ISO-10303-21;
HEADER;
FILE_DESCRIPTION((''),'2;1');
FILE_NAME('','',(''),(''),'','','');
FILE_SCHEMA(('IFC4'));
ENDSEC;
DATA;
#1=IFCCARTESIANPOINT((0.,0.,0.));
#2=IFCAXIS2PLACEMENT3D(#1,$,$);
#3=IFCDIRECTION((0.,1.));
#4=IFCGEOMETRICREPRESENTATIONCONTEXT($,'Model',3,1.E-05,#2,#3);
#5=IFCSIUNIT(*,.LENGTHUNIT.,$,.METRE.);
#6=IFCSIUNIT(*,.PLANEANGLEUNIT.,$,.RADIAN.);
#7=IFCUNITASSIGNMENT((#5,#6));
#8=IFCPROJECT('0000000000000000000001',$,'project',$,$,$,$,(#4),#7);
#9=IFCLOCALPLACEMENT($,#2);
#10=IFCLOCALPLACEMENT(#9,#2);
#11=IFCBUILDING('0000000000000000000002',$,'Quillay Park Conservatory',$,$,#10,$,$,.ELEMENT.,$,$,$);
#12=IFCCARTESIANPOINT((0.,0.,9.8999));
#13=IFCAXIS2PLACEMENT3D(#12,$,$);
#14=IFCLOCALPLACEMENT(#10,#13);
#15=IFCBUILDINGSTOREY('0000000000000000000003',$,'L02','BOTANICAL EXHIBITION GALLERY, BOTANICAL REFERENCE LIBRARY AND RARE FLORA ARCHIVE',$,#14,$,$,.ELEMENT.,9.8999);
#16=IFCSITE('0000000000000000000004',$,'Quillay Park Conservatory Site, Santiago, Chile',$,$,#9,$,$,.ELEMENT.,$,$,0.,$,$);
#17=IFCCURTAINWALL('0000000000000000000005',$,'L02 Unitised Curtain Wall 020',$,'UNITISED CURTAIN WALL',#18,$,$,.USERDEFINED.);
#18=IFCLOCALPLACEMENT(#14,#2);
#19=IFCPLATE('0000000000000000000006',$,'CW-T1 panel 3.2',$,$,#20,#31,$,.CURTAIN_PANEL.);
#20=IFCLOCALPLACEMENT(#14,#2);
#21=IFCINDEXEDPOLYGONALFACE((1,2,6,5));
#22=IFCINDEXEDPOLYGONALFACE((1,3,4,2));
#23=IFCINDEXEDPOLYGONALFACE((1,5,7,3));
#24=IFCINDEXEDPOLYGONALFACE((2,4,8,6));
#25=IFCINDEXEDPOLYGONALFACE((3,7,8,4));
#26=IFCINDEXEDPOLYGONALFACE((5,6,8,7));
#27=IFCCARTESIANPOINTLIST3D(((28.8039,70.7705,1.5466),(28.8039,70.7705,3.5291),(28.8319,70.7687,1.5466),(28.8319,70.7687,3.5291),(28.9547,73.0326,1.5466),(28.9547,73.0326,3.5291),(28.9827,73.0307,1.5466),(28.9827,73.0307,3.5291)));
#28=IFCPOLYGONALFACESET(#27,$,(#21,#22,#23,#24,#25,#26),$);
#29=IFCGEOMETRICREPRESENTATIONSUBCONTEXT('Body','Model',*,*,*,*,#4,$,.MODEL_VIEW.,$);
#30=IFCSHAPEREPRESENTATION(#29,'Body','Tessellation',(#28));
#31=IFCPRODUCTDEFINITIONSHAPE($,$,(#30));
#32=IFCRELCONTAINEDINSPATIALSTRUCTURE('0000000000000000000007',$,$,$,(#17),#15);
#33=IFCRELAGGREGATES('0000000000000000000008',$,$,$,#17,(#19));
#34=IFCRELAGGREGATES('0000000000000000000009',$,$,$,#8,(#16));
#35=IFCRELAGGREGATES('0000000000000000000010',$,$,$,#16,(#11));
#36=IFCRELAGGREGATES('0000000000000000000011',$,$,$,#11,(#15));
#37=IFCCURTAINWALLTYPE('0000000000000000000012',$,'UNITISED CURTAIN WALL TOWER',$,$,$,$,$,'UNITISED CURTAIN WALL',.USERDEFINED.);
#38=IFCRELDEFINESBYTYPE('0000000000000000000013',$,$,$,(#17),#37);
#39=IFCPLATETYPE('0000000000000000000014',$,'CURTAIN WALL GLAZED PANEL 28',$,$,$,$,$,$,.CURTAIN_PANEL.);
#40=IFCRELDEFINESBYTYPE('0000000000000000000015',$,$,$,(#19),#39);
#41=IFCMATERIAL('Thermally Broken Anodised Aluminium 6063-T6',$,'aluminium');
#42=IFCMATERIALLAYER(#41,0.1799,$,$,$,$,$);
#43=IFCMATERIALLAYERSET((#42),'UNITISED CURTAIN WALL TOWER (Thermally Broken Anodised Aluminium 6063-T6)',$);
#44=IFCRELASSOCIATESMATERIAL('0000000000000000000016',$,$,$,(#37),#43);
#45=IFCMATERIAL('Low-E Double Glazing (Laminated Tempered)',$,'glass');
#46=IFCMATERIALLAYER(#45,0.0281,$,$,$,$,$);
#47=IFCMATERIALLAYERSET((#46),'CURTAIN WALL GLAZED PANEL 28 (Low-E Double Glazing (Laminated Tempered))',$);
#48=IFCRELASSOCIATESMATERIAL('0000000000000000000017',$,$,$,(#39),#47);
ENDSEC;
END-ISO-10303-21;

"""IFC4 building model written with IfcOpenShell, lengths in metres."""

from ifc_helpers import new_model, si_unit, direction, frame, origin, origin_2d, place, context, subcontext, project, spatial, rectangle, extrude, material, layer, layer_set, type_object, element, aggregate, save


model = new_model("IFC4")

# Units and contexts
model_context = context("Model", 3, precision=1e-05, world=origin(), true_north=direction((0.0, 1.0)))
body_context = subcontext(model_context, "Body", "Model", "MODEL_VIEW")
ifc_project = project(units=[si_unit("LENGTHUNIT", "METRE"), si_unit("PLANEANGLEUNIT", "RADIAN")], contexts=[model_context])

# Site, building, storey
site_placement = place(None, origin())
site = spatial("IfcSite", under=ifc_project, at=site_placement, Name="Quillay Park Conservatory Site, Santiago, Chile", CompositionType="ELEMENT", RefElevation=0.0)
building_placement = place(site_placement, origin())
building = spatial("IfcBuilding", under=site, at=building_placement, Name="Quillay Park Conservatory", CompositionType="ELEMENT")
storey_placement = place(building_placement, frame((0.0, 0.0, 9.8999)))
storey = spatial("IfcBuildingStorey", under=building, at=storey_placement, Name="L02", Description="BOTANICAL EXHIBITION GALLERY, BOTANICAL REFERENCE LIBRARY AND RARE FLORA ARCHIVE", CompositionType="ELEMENT", Elevation=9.8999)

# Curtain wall
ifc_material_1 = material(Name="Thermally Broken Anodised Aluminium 6063-T6", Category="aluminium")
ifc_layer_1 = layer(ifc_material_1, 0.1799)
ifc_layer_set_1 = layer_set([ifc_layer_1], Name="UNITISED CURTAIN WALL TOWER (Thermally Broken Anodised Aluminium 6063-T6)")
curtain_wall_type = type_object("IfcCurtainWallType", Name="UNITISED CURTAIN WALL TOWER", ElementType="UNITISED CURTAIN WALL", PredefinedType="USERDEFINED", material=ifc_layer_set_1)
curtain_wall_1_placement = place(storey_placement, origin())
curtain_wall_1 = element("IfcCurtainWall", 1, at=curtain_wall_1_placement, inside=storey, type_object=curtain_wall_type, Name="L02 Unitised Curtain Wall 020", ObjectType="UNITISED CURTAIN WALL", PredefinedType="USERDEFINED")

# Plate
ifc_material_2 = material(Name="Low-E Double Glazing (Laminated Tempered)", Category="glass")
ifc_layer_2 = layer(ifc_material_2, 0.0281)
ifc_layer_set_2 = layer_set([ifc_layer_2], Name="CURTAIN WALL GLAZED PANEL 28 (Low-E Double Glazing (Laminated Tempered))")
plate_type = type_object("IfcPlateType", Name="CURTAIN WALL GLAZED PANEL 28", PredefinedType="CURTAIN_PANEL", material=ifc_layer_set_2)
plate_1_placement = place(storey_placement, frame((28.8933, 71.9006, 1.5466), z_axis=(0.0, 0.0, 1.0), x_axis=(-0.066521, -0.997785, 0.0)))
plate_1 = element("IfcPlate", 2, at=plate_1_placement, type_object=plate_type, Name="CW-T1 panel 3.2", PredefinedType="CURTAIN_PANEL", context=body_context, shape_type="SweptSolid", body=[
    extrude(rectangle(XDim=2.2671, YDim=0.0281, at=origin_2d()), origin(), (0.0, 0.0, 1.0), 1.9824),
])
aggregate(curtain_wall_1, [plate_1])

save(model, "model.ifc")
